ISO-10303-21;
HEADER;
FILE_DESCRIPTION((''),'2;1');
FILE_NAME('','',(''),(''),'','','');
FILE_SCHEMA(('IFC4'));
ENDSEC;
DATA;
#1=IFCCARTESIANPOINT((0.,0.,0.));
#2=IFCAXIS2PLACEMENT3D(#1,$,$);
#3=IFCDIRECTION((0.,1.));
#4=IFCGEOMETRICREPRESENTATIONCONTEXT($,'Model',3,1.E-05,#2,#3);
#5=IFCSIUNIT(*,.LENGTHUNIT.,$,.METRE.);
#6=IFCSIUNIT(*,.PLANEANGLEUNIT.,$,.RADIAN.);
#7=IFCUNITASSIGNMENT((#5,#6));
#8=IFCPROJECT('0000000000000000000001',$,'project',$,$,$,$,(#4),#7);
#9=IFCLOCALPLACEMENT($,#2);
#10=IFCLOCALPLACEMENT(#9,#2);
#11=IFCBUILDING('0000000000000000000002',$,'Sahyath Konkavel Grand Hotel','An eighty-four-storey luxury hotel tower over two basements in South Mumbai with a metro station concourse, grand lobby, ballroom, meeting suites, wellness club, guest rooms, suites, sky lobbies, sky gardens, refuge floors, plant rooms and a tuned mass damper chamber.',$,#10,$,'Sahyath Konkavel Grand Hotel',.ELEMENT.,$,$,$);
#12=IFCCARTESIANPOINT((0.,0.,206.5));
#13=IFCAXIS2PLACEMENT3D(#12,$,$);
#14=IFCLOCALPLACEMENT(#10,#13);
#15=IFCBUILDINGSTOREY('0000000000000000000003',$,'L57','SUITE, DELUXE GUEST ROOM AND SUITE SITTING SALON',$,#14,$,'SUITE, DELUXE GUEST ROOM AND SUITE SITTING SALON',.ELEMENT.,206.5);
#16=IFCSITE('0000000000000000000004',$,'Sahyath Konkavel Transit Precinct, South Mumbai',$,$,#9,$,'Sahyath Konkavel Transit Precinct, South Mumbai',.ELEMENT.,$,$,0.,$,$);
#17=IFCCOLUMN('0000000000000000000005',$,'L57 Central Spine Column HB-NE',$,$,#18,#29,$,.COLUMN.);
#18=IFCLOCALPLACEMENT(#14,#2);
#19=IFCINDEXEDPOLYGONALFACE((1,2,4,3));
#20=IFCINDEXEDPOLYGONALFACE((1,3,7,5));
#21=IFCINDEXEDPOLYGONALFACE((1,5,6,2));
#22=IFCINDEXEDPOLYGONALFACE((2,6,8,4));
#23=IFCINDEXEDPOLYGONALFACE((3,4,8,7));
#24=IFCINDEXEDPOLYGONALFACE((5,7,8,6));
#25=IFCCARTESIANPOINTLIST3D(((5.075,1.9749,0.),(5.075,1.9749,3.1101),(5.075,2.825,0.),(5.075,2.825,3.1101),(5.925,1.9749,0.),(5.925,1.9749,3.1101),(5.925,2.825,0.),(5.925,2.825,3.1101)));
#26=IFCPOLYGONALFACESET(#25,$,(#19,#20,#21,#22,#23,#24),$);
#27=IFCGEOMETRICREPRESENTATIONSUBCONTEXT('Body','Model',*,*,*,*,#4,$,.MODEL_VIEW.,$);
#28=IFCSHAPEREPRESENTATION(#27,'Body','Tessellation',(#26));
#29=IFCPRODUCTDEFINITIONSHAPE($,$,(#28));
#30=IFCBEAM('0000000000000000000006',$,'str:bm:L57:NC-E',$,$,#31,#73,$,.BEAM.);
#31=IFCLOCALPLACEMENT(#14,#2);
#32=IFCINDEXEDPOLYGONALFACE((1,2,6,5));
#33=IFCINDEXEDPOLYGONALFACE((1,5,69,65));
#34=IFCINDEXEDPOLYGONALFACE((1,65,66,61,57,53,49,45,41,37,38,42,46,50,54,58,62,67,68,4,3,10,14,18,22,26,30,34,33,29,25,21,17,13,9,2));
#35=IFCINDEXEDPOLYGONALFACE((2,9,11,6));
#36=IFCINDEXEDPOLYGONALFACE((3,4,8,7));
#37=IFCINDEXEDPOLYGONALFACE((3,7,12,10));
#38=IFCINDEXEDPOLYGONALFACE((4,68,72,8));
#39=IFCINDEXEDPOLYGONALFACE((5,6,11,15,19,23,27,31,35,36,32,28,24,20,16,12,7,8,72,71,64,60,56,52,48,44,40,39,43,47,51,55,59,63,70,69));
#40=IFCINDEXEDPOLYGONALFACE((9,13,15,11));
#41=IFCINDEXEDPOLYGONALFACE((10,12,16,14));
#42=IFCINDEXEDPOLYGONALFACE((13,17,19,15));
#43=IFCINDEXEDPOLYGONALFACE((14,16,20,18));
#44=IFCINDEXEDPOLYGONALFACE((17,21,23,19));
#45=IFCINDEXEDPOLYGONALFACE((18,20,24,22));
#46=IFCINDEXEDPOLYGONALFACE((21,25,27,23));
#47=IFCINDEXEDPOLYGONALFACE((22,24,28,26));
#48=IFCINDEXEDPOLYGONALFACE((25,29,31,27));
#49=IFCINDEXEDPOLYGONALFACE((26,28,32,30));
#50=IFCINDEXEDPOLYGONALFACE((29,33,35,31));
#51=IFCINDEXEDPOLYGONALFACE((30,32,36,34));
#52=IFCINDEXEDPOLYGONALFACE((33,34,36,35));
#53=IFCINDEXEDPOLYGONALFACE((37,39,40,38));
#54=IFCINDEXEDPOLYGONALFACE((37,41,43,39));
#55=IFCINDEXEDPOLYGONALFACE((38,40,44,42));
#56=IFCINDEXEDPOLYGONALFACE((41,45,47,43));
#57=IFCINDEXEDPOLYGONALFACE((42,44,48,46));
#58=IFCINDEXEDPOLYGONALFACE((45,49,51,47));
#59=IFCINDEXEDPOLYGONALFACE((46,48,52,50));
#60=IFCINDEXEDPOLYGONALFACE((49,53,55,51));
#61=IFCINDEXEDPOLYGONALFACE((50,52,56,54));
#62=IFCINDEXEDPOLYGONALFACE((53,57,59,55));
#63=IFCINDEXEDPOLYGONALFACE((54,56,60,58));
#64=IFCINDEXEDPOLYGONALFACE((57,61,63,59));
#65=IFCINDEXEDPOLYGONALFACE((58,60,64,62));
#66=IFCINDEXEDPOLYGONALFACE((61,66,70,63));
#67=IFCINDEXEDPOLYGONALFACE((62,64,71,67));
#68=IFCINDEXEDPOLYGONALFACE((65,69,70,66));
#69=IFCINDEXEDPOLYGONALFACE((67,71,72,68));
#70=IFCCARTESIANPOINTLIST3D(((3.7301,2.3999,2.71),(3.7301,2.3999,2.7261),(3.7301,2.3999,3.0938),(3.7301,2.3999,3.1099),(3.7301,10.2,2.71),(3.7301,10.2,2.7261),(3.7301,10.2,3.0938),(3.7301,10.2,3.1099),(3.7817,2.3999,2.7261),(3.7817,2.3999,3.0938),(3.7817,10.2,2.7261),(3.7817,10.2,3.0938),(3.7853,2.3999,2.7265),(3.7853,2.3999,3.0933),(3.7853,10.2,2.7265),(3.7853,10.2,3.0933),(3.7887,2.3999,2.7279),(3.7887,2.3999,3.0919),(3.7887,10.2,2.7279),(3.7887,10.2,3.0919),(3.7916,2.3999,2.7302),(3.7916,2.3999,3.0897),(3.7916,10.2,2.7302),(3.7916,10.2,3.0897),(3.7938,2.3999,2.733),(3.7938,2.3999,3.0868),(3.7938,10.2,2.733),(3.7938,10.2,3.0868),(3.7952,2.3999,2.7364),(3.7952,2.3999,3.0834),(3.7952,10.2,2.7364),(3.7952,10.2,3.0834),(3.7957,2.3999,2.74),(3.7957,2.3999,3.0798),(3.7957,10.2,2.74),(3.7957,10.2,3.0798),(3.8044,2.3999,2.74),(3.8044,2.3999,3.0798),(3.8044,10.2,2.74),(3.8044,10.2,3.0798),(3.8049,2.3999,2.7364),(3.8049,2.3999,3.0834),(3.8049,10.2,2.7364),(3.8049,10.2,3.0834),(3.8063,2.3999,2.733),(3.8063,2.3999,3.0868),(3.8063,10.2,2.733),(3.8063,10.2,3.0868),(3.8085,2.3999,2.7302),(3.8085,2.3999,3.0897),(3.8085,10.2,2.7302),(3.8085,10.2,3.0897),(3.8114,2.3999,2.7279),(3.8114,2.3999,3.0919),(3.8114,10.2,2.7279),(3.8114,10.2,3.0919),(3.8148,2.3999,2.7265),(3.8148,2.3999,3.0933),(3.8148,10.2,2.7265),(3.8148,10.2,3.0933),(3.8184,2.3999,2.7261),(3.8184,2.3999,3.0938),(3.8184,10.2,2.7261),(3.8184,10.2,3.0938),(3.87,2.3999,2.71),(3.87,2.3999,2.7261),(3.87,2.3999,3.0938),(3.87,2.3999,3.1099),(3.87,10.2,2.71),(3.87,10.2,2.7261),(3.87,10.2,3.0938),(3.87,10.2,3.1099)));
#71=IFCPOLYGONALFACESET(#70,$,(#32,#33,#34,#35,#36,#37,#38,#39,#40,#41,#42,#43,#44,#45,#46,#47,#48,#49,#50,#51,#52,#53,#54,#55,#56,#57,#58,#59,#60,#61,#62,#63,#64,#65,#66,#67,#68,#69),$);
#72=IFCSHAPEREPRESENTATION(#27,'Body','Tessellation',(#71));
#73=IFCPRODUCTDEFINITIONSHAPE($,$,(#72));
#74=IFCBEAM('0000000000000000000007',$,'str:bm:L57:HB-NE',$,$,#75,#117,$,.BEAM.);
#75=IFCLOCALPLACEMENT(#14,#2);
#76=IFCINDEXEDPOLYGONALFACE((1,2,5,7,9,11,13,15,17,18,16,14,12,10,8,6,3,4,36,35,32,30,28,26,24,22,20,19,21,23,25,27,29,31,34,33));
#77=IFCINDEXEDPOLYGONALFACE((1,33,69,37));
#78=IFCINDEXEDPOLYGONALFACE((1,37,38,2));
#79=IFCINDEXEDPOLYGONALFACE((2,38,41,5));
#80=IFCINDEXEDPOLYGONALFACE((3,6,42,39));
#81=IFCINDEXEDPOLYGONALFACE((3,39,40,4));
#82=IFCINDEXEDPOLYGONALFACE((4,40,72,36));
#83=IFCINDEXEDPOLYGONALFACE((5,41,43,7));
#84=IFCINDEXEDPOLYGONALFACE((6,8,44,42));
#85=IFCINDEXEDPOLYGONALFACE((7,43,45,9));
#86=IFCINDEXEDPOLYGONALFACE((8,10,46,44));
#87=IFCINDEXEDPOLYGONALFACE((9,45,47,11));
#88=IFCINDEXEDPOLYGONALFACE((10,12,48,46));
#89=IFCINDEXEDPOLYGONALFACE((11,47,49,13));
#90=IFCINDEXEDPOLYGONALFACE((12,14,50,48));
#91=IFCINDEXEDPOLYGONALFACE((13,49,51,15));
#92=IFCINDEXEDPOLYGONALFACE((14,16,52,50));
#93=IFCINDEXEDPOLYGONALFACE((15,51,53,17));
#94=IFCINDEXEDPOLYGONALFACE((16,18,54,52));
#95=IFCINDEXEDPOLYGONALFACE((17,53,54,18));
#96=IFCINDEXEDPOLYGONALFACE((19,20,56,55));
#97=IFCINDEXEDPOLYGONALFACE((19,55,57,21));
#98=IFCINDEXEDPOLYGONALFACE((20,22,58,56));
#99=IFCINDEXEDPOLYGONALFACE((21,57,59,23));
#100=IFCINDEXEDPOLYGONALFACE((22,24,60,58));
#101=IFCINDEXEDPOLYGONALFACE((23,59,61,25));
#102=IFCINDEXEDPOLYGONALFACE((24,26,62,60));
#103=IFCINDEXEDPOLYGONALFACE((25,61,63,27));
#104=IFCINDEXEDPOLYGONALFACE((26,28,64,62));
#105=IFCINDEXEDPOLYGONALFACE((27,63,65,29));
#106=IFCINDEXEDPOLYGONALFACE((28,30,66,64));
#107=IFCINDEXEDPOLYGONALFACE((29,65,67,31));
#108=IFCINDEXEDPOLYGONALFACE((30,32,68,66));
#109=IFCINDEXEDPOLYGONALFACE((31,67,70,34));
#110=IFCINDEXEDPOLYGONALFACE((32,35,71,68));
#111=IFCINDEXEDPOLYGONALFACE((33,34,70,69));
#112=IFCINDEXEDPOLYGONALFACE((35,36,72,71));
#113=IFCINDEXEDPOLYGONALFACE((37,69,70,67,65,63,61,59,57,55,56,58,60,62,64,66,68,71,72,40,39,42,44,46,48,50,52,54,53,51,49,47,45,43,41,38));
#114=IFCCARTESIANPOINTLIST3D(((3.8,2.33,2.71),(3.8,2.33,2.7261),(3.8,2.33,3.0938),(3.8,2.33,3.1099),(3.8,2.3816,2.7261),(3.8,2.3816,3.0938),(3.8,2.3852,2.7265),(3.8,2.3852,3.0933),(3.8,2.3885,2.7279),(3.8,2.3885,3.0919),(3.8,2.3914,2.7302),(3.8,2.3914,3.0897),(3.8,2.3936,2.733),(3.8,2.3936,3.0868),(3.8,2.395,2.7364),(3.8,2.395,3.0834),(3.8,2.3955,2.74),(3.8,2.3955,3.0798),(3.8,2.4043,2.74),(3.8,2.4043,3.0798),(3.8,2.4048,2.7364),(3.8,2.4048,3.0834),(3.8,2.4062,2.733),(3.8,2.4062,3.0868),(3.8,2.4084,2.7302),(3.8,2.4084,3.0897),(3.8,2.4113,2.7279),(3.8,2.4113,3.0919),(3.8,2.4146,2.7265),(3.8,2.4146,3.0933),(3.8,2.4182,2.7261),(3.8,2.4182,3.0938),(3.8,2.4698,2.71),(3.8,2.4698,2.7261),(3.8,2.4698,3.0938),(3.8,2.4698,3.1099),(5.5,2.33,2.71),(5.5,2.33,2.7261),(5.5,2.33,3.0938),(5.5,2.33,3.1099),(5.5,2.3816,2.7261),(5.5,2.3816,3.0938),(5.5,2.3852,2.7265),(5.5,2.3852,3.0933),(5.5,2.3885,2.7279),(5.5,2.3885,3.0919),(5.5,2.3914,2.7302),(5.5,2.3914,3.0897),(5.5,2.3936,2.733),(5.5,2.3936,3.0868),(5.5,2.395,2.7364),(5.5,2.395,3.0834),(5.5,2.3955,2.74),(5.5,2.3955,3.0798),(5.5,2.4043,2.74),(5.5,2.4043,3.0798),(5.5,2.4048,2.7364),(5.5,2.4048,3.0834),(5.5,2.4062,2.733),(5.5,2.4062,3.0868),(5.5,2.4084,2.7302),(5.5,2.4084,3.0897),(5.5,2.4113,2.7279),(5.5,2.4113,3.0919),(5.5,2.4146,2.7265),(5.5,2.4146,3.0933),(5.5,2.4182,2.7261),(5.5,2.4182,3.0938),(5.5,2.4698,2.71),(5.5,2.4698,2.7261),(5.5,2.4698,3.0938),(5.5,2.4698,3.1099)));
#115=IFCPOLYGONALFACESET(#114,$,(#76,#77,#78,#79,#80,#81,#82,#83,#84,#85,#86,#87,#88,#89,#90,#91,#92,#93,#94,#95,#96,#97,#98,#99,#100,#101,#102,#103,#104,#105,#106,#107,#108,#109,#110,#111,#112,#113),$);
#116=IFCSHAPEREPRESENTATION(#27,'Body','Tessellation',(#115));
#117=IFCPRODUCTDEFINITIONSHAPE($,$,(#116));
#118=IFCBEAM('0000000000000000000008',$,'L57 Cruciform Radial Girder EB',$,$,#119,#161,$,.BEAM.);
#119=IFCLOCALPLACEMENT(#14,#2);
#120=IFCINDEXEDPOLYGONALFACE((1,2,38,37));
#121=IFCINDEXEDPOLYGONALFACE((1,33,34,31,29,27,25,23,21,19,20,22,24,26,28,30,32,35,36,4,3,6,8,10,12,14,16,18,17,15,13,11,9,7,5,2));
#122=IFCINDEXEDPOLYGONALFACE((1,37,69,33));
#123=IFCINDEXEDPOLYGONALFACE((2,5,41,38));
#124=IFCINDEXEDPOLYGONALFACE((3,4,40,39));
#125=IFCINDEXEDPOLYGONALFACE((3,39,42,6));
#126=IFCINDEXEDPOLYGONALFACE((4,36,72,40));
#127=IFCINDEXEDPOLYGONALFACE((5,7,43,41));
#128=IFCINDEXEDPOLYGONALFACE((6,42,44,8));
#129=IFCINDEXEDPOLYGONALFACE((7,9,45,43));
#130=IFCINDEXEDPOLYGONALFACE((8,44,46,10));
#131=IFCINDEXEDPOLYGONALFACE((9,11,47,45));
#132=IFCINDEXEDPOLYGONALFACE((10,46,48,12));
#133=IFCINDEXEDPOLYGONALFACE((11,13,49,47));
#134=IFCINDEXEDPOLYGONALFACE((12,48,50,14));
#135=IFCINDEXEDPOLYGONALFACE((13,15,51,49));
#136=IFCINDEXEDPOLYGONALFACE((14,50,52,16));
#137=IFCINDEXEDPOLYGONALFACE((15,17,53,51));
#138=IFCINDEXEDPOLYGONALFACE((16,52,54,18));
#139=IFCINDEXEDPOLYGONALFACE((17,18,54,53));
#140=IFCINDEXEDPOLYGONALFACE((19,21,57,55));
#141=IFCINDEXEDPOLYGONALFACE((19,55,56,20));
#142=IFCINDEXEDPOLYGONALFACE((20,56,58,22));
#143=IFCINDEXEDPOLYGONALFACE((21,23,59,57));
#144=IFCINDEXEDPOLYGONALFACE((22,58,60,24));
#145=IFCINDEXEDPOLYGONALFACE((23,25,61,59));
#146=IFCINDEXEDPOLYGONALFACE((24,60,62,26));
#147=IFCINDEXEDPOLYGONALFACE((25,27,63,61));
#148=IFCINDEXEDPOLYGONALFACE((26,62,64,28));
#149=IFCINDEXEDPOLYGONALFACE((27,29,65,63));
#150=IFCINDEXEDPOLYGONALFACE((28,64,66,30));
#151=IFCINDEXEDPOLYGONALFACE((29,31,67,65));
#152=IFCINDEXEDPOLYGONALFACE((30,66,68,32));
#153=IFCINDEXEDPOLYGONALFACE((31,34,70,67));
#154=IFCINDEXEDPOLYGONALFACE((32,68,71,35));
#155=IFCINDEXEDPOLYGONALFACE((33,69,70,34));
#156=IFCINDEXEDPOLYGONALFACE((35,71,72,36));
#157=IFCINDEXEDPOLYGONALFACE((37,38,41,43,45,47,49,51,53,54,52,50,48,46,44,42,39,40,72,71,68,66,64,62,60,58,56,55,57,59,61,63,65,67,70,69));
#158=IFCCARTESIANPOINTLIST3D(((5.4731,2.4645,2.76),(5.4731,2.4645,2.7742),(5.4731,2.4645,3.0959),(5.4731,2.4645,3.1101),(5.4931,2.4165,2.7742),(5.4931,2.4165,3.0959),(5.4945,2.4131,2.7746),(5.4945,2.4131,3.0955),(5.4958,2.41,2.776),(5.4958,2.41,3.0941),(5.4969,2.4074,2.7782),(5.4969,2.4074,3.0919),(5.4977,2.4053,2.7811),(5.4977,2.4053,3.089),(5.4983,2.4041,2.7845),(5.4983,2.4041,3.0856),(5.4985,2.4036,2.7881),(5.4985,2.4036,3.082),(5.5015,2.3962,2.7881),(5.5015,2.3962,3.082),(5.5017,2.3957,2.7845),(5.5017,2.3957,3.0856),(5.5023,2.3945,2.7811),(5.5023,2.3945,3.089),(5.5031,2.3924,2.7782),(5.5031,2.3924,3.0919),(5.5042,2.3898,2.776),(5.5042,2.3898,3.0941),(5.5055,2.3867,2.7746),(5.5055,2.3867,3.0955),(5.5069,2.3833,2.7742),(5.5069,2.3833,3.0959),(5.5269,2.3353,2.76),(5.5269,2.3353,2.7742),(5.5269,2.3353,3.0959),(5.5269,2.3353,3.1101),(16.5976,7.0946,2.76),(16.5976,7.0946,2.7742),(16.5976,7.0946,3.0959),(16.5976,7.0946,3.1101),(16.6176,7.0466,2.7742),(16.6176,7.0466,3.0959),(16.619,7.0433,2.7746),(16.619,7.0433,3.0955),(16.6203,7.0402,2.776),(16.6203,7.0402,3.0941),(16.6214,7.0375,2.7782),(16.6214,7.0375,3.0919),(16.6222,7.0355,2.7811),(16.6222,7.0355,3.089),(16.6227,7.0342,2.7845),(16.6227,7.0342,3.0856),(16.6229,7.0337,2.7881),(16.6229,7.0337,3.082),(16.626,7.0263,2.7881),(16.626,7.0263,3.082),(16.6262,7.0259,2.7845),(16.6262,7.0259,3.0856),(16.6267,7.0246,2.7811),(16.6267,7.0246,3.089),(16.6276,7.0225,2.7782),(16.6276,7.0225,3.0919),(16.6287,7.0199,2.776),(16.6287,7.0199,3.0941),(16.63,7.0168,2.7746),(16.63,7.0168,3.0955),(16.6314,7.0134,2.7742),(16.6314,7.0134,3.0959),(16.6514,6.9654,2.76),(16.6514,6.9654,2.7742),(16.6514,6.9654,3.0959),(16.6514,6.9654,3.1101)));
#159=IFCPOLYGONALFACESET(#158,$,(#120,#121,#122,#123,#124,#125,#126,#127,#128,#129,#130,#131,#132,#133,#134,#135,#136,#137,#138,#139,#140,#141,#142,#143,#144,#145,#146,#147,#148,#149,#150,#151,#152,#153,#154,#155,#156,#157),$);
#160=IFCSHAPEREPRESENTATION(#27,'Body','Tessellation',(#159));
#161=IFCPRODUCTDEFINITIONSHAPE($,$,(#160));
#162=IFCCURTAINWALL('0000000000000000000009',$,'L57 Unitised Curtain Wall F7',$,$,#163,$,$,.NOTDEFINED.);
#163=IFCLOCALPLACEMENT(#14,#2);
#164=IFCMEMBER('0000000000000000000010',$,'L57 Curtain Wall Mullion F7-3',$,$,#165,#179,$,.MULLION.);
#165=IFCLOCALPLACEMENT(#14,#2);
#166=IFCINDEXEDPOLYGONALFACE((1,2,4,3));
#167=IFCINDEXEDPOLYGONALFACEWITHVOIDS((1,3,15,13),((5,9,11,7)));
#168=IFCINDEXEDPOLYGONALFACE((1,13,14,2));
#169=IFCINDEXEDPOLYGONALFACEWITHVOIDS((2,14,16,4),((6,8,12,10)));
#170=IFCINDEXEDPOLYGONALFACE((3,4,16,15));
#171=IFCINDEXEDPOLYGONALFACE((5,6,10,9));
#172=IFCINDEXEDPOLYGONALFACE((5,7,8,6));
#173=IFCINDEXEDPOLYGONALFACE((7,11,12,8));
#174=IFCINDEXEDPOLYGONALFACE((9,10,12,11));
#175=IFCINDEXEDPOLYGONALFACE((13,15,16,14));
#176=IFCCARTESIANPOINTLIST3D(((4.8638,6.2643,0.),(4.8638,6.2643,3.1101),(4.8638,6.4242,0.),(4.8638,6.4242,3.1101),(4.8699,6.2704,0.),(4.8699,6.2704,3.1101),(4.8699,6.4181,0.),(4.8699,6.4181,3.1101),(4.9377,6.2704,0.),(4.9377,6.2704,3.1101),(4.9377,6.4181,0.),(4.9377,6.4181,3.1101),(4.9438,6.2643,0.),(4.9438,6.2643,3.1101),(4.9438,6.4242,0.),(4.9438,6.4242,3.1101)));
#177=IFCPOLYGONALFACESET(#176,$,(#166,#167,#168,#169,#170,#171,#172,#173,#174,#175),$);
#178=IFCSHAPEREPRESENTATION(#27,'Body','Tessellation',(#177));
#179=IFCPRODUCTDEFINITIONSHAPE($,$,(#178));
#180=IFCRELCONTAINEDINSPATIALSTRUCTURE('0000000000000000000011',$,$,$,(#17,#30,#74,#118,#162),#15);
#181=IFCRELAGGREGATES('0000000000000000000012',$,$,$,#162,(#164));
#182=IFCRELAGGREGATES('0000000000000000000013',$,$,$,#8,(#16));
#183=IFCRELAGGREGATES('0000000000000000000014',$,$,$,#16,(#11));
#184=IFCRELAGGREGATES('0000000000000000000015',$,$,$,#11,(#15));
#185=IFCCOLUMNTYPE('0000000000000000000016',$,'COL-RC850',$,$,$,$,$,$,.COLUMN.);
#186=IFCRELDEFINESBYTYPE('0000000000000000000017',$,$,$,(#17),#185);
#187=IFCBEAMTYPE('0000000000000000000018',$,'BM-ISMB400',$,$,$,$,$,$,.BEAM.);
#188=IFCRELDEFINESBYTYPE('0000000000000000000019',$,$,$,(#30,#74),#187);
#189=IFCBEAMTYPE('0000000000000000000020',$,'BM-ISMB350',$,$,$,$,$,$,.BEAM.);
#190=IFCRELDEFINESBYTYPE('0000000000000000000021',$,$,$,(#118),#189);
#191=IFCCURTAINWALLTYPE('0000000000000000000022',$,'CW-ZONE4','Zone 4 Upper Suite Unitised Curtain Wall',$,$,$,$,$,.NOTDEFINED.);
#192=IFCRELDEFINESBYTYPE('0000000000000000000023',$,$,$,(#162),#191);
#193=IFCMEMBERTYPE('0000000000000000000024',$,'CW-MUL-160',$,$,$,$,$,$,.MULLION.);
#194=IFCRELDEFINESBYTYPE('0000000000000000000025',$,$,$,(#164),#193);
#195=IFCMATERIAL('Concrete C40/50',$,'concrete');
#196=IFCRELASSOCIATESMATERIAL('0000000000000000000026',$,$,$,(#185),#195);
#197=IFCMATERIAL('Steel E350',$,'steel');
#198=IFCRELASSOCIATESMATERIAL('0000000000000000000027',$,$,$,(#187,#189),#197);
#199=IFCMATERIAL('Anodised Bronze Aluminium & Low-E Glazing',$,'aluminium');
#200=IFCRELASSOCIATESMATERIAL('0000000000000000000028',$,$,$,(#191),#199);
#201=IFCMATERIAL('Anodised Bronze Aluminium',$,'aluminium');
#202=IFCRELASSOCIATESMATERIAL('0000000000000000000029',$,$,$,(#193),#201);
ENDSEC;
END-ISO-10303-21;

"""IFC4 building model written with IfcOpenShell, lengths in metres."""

from ifc_helpers import new_model, si_unit, direction, frame, origin, origin_2d, place, context, subcontext, project, spatial, rectangle, hollow_rectangle, i_section, extrude, source, transform, mapped, material, material_profile, profile_set, type_object, element, aggregate, save


model = new_model("IFC4")

# Units and contexts
model_context = context("Model", 3, precision=1e-05, world=origin(), true_north=direction((0.0, 1.0)))
body_context = subcontext(model_context, "Body", "Model", "MODEL_VIEW")
ifc_project = project(units=[si_unit("LENGTHUNIT", "METRE"), si_unit("PLANEANGLEUNIT", "RADIAN")], contexts=[model_context])

# Site, building, storey
site_placement = place(None, origin())
site = spatial("IfcSite", under=ifc_project, at=site_placement, Name="Sahyath Konkavel Transit Precinct, South Mumbai", LongName="Sahyath Konkavel Transit Precinct, South Mumbai", CompositionType="ELEMENT", RefElevation=0.0)
building_placement = place(site_placement, origin())
building = spatial("IfcBuilding", under=site, at=building_placement, Name="Sahyath Konkavel Grand Hotel", Description="An eighty-four-storey luxury hotel tower over two basements in South Mumbai with a metro station concourse, grand lobby, ballroom, meeting suites, wellness club, guest rooms, suites, sky lobbies, sky gardens, refuge floors, plant rooms and a tuned mass damper chamber.", LongName="Sahyath Konkavel Grand Hotel", CompositionType="ELEMENT")
storey_placement = place(building_placement, frame((0.0, 0.0, 206.5)))
storey = spatial("IfcBuildingStorey", under=building, at=storey_placement, Name="L57", Description="SUITE, DELUXE GUEST ROOM AND SUITE SITTING SALON", LongName="SUITE, DELUXE GUEST ROOM AND SUITE SITTING SALON", CompositionType="ELEMENT", Elevation=206.5)

# Column
ifc_material_1 = material(Name="Concrete C40/50", Category="concrete")
ifc_material_profile_1 = material_profile(ifc_material_1, rectangle(XDim=0.8501, YDim=0.8501, at=origin_2d()), Name="RC 850x850")
ifc_profile_set_1 = profile_set([ifc_material_profile_1], Name="Concrete C40/50")
column_type = type_object("IfcColumnType", Name="COL-RC850", PredefinedType="COLUMN", material=ifc_profile_set_1)
shared_shape_1 = source(origin(), body_context, "Body", "SweptSolid", [
    extrude(rectangle(XDim=0.8501, YDim=0.8501, at=origin_2d()), origin(), (0.0, 0.0, 1.0), 3.1101),
])
column_placement = place(storey_placement, frame((5.5, 2.3999, 0.0), z_axis=(0.0, 0.0, 1.0), x_axis=(1.0, 0.0, 0.0)))
element("IfcColumn", 1, at=column_placement, inside=storey, type_object=column_type, Name="L57 Central Spine Column HB-NE", PredefinedType="COLUMN", context=body_context, shape_type="MappedRepresentation", body=[
    mapped(shared_shape_1, transform((0.0, 0.0, 0.0), scale=1.0)),
])

# Beams
ifc_material_2 = material(Name="Steel E350", Category="steel")
ifc_material_profile_2 = material_profile(ifc_material_2, i_section(OverallWidth=0.1399, OverallDepth=0.3999, WebThickness=0.0088, FlangeThickness=0.0161, FilletRadius=0.0139, at=origin_2d()), Name="ISMB 400")
ifc_profile_set_2 = profile_set([ifc_material_profile_2], Name="Steel E350")
beam_type_1 = type_object("IfcBeamType", Name="BM-ISMB400", PredefinedType="BEAM", material=ifc_profile_set_2)
shared_shape_2 = source(origin(), body_context, "Body", "SweptSolid", [
    extrude(i_section(OverallWidth=0.1399, OverallDepth=0.3999, WebThickness=0.0088, FlangeThickness=0.0161, FilletRadius=0.0139, at=origin_2d()), origin(), (0.0, 0.0, 1.0), 7.8),
])
beam_1_placement = place(storey_placement, frame((3.8, 2.3999, 2.9099), z_axis=(0.0, 1.0, 0.0), x_axis=(-1.0, 0.0, 0.0)))
element("IfcBeam", 2, at=beam_1_placement, inside=storey, type_object=beam_type_1, Name="str:bm:L57:NC-E", PredefinedType="BEAM", context=body_context, shape_type="MappedRepresentation", body=[
    mapped(shared_shape_2, transform((0.0, 0.0, 0.0), scale=1.0)),
])
shared_shape_3 = source(origin(), body_context, "Body", "SweptSolid", [
    extrude(i_section(OverallWidth=0.1399, OverallDepth=0.3999, WebThickness=0.0088, FlangeThickness=0.0161, FilletRadius=0.0139, at=origin_2d()), origin(), (0.0, 0.0, 1.0), 1.7),
])
beam_2_placement = place(storey_placement, frame((3.8, 2.3999, 2.9099), z_axis=(1.0, 0.0, 0.0), x_axis=(0.0, 1.0, 0.0)))
element("IfcBeam", 3, at=beam_2_placement, inside=storey, type_object=beam_type_1, Name="str:bm:L57:HB-NE", PredefinedType="BEAM", context=body_context, shape_type="MappedRepresentation", body=[
    mapped(shared_shape_3, transform((0.0, 0.0, 0.0), scale=1.0)),
])
ifc_material_profile_3 = material_profile(ifc_material_2, i_section(OverallWidth=0.1399, OverallDepth=0.3501, WebThickness=0.0081, FlangeThickness=0.0142, FilletRadius=0.0139, at=origin_2d()), Name="ISMB 350")
ifc_profile_set_3 = profile_set([ifc_material_profile_3], Name="Steel E350")
beam_type_2 = type_object("IfcBeamType", Name="BM-ISMB350", PredefinedType="BEAM", material=ifc_profile_set_3)
shared_shape_4 = source(origin(), body_context, "Body", "SweptSolid", [
    extrude(i_section(OverallWidth=0.1399, OverallDepth=0.3501, WebThickness=0.0081, FlangeThickness=0.0142, FilletRadius=0.0139, at=origin_2d()), origin(), (0.0, 0.0, 1.0), 12.0496),
])
beam_3_placement = place(storey_placement, frame((5.5, 2.3999, 2.9351), z_axis=(0.923227, 0.384256, 0.0), x_axis=(-0.384256, 0.923227, 0.0)))
element("IfcBeam", 4, at=beam_3_placement, inside=storey, type_object=beam_type_2, Name="L57 Cruciform Radial Girder EB", PredefinedType="BEAM", context=body_context, shape_type="MappedRepresentation", body=[
    mapped(shared_shape_4, transform((0.0, 0.0, 0.0), scale=1.0)),
])

# Curtain wall, member
ifc_material_3 = material(Name="Anodised Bronze Aluminium & Low-E Glazing", Category="aluminium")
curtain_wall_type = type_object("IfcCurtainWallType", Name="CW-ZONE4", Description="Zone 4 Upper Suite Unitised Curtain Wall", PredefinedType="NOTDEFINED", material=ifc_material_3)
curtain_wall_placement = place(storey_placement, origin())
curtain_wall = element("IfcCurtainWall", 5, at=curtain_wall_placement, inside=storey, type_object=curtain_wall_type, Name="L57 Unitised Curtain Wall F7", PredefinedType="NOTDEFINED")
ifc_material_4 = material(Name="Anodised Bronze Aluminium", Category="aluminium")
ifc_material_profile_4 = material_profile(ifc_material_4, hollow_rectangle(XDim=0.0801, YDim=0.1599, WallThickness=0.0061, at=origin_2d()), Name="RHS 160x80x6")
ifc_profile_set_4 = profile_set([ifc_material_profile_4], Name="Anodised Bronze Aluminium")
member_type = type_object("IfcMemberType", Name="CW-MUL-160", PredefinedType="MULLION", material=ifc_profile_set_4)
shared_shape_5 = source(origin(), body_context, "Body", "SweptSolid", [
    extrude(hollow_rectangle(XDim=0.0801, YDim=0.1599, WallThickness=0.0061, at=origin_2d()), origin(), (0.0, 0.0, 1.0), 3.1101),
])
member_placement = place(storey_placement, frame((4.9038, 6.3442, 0.0), z_axis=(0.0, 0.0, 1.0), x_axis=(1.0, 0.0, 0.0)))
member = element("IfcMember", 6, at=member_placement, type_object=member_type, Name="L57 Curtain Wall Mullion F7-3", PredefinedType="MULLION", context=body_context, shape_type="MappedRepresentation", body=[
    mapped(shared_shape_5, transform((0.0, 0.0, 0.0), scale=1.0)),
])
aggregate(curtain_wall, [member])

save(model, "model.ifc")
